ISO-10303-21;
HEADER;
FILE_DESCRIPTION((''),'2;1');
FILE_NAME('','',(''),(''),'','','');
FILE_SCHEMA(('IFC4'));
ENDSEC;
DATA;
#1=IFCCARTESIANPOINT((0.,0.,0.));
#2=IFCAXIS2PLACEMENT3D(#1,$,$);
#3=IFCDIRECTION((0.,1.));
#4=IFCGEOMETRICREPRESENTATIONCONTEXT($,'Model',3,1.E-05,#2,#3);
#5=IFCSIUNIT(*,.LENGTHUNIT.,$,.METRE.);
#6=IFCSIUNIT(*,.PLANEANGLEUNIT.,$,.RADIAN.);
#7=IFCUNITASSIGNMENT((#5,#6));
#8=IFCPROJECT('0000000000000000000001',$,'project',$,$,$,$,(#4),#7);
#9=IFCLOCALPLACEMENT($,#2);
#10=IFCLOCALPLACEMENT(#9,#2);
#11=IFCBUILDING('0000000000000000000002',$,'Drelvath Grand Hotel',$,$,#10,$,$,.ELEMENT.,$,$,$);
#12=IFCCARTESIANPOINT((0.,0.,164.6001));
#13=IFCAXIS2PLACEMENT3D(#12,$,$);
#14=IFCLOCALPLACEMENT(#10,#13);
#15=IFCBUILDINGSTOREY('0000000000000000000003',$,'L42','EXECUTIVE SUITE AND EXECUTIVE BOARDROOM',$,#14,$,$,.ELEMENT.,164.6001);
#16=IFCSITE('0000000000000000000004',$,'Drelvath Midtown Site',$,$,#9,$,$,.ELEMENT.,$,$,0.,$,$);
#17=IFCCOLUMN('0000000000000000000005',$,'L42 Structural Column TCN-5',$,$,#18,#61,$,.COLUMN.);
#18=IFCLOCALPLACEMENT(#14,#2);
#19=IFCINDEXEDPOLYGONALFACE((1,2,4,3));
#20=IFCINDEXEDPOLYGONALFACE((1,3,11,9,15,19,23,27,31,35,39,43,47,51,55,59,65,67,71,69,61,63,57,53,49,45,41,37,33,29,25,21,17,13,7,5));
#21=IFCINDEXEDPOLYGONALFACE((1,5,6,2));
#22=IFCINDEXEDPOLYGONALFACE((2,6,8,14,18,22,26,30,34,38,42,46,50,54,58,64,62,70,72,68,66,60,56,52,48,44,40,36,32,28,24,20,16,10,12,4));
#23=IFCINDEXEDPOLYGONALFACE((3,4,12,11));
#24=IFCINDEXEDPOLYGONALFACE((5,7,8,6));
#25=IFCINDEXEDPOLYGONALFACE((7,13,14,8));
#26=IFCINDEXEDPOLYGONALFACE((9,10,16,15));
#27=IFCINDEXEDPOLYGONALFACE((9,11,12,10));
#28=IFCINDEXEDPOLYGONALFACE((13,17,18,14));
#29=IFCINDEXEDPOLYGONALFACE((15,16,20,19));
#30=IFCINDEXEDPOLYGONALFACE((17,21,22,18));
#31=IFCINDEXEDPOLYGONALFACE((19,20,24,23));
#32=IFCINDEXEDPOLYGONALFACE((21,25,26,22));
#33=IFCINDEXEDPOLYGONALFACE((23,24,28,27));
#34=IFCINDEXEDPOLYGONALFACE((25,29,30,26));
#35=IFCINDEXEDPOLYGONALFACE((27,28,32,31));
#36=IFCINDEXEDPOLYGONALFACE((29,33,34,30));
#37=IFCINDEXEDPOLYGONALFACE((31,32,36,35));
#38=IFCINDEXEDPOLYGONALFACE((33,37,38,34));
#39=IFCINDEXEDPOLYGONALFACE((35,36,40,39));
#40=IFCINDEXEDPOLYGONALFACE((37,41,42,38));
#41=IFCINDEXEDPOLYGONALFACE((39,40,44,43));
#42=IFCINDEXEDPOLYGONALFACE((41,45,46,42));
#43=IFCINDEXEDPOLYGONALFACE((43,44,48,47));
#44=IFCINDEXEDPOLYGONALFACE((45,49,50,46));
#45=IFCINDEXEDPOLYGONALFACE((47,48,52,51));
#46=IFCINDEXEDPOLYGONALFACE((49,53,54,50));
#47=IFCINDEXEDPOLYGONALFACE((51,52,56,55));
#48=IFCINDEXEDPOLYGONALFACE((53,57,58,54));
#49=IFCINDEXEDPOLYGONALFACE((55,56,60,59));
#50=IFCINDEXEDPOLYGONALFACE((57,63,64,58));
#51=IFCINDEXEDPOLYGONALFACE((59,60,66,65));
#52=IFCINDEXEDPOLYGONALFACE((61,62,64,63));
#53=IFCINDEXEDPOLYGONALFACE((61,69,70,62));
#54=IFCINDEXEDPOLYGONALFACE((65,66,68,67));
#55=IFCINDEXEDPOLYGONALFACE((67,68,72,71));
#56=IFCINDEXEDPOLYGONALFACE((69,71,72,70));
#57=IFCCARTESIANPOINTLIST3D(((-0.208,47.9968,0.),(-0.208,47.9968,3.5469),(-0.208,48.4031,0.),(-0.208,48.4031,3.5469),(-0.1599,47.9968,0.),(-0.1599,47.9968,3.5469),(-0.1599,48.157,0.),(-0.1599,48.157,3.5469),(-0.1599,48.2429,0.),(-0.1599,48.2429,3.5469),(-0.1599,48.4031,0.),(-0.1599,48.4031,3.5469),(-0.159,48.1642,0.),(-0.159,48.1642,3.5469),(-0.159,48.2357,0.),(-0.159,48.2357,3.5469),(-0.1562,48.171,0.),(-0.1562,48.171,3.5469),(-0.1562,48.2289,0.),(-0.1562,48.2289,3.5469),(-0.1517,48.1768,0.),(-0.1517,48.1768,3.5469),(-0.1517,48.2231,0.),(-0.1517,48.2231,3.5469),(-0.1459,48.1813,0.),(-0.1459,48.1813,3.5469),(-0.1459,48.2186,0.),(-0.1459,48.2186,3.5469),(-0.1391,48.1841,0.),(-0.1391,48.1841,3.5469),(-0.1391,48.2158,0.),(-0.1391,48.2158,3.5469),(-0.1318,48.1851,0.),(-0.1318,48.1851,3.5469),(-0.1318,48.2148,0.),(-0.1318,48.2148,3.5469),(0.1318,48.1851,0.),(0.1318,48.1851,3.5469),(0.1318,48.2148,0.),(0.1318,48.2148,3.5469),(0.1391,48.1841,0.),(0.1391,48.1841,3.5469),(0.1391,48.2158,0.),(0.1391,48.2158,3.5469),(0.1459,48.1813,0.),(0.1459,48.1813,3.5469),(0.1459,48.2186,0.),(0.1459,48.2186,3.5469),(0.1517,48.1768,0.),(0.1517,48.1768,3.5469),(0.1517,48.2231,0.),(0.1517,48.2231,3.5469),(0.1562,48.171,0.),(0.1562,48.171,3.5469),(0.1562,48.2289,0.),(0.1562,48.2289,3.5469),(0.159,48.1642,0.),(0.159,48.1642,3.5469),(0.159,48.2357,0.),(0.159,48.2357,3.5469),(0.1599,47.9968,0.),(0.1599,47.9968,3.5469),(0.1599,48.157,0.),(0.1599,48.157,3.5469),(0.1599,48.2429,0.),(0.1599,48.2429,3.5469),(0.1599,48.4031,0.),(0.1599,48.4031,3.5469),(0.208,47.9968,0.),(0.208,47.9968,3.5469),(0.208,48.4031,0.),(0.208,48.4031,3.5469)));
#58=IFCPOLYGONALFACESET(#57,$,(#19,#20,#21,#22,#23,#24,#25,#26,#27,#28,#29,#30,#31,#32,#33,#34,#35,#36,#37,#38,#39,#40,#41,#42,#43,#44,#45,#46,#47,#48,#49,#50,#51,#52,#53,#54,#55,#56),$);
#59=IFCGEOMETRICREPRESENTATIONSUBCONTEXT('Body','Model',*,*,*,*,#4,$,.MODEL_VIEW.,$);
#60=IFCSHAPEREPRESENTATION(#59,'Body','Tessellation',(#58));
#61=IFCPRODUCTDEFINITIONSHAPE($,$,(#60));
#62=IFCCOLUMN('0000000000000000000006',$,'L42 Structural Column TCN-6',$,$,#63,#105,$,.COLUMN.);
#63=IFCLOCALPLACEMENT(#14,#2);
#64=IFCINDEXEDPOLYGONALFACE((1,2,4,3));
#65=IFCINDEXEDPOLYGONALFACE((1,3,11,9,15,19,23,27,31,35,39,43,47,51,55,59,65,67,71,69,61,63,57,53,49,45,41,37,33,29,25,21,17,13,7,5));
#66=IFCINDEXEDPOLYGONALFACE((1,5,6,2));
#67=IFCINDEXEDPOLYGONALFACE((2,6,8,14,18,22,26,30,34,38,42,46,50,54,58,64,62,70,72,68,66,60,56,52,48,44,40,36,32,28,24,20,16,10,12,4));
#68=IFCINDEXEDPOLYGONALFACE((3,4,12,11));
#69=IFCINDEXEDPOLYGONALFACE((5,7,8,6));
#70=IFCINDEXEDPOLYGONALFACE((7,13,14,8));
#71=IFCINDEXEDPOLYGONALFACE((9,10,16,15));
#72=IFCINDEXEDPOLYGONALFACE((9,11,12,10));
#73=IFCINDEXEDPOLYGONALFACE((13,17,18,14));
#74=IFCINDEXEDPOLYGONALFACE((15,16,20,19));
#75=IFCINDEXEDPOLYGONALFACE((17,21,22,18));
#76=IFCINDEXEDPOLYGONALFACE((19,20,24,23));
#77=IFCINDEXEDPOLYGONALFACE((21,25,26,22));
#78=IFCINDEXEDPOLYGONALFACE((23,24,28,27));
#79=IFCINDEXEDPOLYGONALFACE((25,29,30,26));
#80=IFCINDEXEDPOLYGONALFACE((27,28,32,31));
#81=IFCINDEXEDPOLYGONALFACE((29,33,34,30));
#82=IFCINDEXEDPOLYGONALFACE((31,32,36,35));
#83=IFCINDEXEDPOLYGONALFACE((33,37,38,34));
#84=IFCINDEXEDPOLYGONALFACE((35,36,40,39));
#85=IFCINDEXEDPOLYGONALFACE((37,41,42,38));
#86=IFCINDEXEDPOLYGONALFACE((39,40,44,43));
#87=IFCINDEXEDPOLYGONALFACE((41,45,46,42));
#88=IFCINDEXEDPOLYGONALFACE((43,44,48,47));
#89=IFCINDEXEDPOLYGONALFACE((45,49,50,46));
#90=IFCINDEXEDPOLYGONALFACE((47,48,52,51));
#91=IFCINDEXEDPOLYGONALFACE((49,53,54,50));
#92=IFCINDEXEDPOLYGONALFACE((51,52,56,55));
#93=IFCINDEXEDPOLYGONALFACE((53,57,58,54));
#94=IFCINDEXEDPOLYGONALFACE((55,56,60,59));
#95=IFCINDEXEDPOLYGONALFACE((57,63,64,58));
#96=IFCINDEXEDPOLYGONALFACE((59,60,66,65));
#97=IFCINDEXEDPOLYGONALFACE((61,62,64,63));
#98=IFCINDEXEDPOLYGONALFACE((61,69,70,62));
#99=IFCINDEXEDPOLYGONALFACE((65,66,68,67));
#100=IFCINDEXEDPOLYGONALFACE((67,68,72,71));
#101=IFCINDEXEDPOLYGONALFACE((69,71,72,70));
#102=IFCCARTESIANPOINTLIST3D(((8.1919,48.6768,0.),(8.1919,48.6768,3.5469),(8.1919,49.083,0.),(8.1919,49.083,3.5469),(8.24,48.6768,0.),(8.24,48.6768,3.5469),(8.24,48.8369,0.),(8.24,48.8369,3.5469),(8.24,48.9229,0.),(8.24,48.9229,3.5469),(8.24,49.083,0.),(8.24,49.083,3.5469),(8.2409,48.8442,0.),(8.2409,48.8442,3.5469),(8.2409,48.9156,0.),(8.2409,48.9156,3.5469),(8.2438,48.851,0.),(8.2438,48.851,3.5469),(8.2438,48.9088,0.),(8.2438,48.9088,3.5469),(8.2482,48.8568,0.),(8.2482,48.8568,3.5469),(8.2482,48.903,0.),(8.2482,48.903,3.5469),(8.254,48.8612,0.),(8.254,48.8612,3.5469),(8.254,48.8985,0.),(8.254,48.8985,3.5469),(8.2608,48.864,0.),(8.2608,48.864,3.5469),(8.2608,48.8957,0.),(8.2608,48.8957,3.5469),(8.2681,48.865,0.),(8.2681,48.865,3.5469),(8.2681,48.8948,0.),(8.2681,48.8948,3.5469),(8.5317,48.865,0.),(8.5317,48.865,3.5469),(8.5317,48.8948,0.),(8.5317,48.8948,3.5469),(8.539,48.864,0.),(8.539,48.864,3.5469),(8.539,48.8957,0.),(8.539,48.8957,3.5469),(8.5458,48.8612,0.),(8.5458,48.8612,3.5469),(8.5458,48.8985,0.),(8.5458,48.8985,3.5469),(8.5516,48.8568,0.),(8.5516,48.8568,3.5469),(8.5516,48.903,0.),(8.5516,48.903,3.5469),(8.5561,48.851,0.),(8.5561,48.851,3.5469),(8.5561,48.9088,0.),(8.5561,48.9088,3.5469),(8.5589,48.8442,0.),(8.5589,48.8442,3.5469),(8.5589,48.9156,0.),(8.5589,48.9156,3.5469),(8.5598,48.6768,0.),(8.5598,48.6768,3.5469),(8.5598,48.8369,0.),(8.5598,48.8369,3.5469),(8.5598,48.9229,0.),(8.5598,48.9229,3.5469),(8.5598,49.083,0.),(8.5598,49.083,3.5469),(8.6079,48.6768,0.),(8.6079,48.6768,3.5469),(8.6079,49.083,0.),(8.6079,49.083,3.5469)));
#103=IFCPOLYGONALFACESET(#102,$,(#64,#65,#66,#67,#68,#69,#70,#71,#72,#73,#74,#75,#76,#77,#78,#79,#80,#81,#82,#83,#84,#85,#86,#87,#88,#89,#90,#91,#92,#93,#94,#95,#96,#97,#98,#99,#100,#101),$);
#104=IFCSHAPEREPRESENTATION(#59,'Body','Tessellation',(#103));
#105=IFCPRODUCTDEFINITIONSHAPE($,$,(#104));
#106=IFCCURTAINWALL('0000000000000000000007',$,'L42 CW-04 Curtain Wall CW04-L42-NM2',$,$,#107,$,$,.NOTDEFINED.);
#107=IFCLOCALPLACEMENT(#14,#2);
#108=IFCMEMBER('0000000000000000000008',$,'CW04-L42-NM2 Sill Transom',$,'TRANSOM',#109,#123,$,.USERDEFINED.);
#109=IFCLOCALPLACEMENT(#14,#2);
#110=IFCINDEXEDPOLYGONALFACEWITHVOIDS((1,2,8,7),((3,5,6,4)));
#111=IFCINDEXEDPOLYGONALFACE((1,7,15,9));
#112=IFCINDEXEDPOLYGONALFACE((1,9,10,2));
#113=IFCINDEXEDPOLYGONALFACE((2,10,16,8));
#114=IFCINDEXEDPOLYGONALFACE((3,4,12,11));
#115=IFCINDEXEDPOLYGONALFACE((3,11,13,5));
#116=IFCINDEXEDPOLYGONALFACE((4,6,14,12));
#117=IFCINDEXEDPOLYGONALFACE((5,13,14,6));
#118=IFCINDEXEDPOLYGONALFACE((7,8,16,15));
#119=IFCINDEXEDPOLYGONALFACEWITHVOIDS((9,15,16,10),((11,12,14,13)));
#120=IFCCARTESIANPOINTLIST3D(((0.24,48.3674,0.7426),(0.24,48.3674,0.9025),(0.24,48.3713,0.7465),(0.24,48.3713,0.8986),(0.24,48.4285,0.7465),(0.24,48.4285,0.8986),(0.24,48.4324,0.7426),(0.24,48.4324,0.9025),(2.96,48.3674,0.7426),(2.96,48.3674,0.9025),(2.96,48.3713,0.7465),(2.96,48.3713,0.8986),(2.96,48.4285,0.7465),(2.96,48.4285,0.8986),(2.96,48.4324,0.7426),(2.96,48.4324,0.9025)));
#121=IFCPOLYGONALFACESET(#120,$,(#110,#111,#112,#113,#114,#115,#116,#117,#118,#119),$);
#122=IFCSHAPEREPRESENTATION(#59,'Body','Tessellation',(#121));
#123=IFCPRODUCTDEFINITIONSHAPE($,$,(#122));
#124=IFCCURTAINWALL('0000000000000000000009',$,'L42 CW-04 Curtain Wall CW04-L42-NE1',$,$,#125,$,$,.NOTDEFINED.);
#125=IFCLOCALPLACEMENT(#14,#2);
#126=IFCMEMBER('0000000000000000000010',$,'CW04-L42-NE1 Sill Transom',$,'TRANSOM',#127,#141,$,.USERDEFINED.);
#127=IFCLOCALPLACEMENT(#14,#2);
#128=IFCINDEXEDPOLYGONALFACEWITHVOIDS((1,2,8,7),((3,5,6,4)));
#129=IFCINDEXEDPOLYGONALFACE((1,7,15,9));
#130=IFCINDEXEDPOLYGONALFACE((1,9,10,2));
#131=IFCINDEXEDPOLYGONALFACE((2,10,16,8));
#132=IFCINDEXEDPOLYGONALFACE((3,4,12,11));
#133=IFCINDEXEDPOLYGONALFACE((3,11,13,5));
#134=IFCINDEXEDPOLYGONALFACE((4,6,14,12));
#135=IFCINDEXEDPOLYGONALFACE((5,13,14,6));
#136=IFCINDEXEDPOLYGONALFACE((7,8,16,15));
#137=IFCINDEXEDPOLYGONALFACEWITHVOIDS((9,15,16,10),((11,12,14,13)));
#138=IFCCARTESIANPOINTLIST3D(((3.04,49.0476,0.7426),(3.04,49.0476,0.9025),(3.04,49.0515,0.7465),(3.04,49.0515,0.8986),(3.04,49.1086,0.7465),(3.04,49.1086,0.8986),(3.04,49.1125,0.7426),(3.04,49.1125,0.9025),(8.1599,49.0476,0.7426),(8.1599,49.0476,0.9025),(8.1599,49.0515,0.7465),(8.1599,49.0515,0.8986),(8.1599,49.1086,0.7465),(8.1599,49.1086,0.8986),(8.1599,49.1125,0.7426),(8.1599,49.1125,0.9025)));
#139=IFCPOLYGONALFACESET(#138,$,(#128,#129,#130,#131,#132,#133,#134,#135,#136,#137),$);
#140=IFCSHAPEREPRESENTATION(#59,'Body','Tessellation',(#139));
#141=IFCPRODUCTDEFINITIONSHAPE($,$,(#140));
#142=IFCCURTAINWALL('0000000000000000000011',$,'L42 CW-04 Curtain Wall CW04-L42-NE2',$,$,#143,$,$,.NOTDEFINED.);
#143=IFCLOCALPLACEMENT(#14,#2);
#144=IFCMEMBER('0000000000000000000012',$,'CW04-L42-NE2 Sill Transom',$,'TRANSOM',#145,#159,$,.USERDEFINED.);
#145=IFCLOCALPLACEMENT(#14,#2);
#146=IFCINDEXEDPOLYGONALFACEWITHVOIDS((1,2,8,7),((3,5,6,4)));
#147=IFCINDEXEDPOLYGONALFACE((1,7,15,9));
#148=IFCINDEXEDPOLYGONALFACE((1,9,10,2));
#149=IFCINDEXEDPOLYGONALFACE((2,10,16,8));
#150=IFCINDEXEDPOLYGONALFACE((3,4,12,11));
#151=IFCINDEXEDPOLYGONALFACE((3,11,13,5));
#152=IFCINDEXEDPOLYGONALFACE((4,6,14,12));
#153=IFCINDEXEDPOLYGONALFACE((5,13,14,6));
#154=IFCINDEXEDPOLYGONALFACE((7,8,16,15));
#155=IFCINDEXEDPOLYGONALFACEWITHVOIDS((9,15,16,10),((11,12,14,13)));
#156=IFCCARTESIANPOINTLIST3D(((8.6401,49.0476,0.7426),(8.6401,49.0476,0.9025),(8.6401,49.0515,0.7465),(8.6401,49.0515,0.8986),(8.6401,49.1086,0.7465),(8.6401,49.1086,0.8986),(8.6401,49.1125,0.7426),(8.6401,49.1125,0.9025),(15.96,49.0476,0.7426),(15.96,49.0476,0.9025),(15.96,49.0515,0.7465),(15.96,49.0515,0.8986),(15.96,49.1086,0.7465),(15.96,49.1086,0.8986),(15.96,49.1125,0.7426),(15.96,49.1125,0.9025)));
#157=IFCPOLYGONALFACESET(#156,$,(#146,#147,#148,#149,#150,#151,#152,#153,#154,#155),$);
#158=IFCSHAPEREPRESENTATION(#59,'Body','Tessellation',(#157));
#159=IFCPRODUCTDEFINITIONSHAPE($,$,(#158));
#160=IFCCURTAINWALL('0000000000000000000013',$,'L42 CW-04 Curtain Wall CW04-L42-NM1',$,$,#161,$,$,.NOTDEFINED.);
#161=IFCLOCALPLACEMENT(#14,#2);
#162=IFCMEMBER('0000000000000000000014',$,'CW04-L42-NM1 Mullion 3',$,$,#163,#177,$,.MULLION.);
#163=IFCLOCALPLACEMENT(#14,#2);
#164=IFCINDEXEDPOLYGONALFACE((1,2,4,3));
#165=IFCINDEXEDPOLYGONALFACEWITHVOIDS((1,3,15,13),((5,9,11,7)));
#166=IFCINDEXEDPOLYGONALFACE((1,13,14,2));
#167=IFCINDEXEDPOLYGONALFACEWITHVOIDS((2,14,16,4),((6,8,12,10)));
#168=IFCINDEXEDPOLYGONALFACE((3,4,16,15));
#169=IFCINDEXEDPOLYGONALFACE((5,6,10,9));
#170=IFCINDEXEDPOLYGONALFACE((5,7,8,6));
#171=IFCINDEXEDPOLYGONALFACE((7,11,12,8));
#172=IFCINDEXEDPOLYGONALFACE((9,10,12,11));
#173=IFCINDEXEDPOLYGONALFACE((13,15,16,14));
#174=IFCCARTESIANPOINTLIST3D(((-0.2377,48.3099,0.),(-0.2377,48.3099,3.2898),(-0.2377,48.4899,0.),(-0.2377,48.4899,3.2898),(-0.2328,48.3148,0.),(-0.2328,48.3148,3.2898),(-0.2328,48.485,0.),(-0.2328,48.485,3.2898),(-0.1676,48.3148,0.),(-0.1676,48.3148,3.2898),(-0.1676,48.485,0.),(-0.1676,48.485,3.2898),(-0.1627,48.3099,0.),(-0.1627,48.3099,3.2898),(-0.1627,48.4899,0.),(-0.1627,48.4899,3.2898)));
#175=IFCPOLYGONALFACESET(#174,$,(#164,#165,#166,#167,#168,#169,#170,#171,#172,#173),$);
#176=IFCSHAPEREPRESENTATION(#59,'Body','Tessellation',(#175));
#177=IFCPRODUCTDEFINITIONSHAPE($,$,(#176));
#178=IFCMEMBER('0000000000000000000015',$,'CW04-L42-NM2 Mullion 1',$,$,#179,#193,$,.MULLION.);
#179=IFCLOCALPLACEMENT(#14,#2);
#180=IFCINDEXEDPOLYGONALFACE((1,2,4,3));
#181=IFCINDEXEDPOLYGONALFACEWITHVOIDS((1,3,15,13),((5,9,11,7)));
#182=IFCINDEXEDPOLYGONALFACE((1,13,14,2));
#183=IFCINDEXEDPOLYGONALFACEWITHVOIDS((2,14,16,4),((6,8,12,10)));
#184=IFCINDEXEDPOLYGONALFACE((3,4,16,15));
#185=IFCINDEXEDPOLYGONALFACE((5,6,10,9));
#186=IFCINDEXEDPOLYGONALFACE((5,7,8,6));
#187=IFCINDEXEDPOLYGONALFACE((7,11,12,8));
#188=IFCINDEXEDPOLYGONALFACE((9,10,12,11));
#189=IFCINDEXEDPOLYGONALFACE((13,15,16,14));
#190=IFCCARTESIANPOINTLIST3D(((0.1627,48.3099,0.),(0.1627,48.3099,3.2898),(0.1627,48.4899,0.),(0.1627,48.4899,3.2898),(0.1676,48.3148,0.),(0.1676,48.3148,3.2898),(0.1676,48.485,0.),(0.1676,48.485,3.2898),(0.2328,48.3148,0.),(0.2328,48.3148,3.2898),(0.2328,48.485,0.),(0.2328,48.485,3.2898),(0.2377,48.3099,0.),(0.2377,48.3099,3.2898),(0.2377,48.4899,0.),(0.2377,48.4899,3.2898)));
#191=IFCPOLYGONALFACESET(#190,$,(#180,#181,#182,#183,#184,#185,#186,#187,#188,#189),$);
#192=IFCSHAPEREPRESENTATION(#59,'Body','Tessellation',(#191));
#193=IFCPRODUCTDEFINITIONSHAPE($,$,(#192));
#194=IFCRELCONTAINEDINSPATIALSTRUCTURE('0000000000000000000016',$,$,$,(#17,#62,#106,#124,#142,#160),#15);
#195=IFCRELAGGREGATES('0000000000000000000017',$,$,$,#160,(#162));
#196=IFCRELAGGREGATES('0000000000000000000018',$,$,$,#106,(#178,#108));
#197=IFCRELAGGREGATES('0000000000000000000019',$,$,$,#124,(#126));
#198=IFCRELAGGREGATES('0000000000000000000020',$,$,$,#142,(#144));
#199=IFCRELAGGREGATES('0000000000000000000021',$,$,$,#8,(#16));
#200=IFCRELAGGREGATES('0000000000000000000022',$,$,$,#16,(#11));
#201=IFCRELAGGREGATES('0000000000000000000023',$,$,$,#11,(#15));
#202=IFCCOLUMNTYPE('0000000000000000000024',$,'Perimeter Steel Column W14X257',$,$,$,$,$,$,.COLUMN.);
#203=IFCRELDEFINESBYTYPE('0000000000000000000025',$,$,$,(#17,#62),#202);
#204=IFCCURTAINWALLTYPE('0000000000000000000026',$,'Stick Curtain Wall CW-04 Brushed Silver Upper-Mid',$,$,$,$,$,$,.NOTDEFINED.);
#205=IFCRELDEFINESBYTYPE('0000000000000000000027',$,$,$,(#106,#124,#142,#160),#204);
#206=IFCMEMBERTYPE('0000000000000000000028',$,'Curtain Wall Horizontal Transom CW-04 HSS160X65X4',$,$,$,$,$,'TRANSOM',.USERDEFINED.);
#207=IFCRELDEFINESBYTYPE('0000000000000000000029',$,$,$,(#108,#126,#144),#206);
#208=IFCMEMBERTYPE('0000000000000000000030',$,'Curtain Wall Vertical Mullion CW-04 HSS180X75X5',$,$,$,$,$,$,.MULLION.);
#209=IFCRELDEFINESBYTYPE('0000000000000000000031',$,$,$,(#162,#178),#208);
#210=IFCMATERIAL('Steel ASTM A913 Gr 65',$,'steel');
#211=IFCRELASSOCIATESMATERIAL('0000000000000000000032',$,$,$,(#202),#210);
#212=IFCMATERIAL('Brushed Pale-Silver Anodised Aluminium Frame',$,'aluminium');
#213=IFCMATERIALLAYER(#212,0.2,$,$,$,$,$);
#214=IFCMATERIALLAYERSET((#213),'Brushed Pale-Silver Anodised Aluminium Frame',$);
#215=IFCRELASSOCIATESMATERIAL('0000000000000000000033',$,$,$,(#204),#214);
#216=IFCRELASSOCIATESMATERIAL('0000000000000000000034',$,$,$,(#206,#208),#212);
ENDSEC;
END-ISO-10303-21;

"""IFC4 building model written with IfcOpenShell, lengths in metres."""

from ifc_helpers import new_model, si_unit, direction, frame, origin, origin_2d, place, context, subcontext, project, spatial, hollow_rectangle, i_section, extrude, material, layer, layer_set, material_profile, profile_set, type_object, element, aggregate, save


model = new_model("IFC4")

# Units and contexts
model_context = context("Model", 3, precision=1e-05, world=origin(), true_north=direction((0.0, 1.0)))
body_context = subcontext(model_context, "Body", "Model", "MODEL_VIEW")
ifc_project = project(units=[si_unit("LENGTHUNIT", "METRE"), si_unit("PLANEANGLEUNIT", "RADIAN")], contexts=[model_context])

# Site, building, storey
site_placement = place(None, origin())
site = spatial("IfcSite", under=ifc_project, at=site_placement, Name="Drelvath Midtown Site", CompositionType="ELEMENT", RefElevation=0.0)
building_placement = place(site_placement, origin())
building = spatial("IfcBuilding", under=site, at=building_placement, Name="Drelvath Grand Hotel", CompositionType="ELEMENT")
storey_placement = place(building_placement, frame((0.0, 0.0, 164.6001)))
storey = spatial("IfcBuildingStorey", under=building, at=storey_placement, Name="L42", Description="EXECUTIVE SUITE AND EXECUTIVE BOARDROOM", CompositionType="ELEMENT", Elevation=164.6001)

# Columns
ifc_material_1 = material(Name="Steel ASTM A913 Gr 65", Category="steel")
ifc_material_profile_1 = material_profile(ifc_material_1, i_section(OverallWidth=0.4062, OverallDepth=0.416, WebThickness=0.0298, FlangeThickness=0.0481, FilletRadius=0.0281, at=origin_2d()), Name="W14X257")
ifc_profile_set_1 = profile_set([ifc_material_profile_1], Name="Steel ASTM A913 Gr 65")
column_type = type_object("IfcColumnType", Name="Perimeter Steel Column W14X257", PredefinedType="COLUMN", material=ifc_profile_set_1)
for number, where, z_axis, x_axis, name in (
    (1, (0.0, 48.2, 0.0), (0.0, 0.0, 1.0), (0.0, 1.0, 0.0), "L42 Structural Column TCN-5"),
    (2, (8.3999, 48.8799, 0.0), (0.0, 0.0, 1.0), (0.0, 1.0, 0.0), "L42 Structural Column TCN-6"),
):
    element("IfcColumn", number, at=place(storey_placement, frame(where, z_axis=z_axis, x_axis=x_axis)), inside=storey, type_object=column_type, Name=name, PredefinedType="COLUMN", context=body_context, shape_type="SweptSolid", body=[
        extrude(i_section(OverallWidth=0.4062, OverallDepth=0.416, WebThickness=0.0298, FlangeThickness=0.0481, FilletRadius=0.0281, at=origin_2d()), origin(), (0.0, 0.0, 1.0), 3.5469),
    ])

# Curtain walls, members
ifc_material_2 = material(Name="Brushed Pale-Silver Anodised Aluminium Frame", Category="aluminium")
ifc_layer_1 = layer(ifc_material_2, 0.2)
ifc_layer_set_1 = layer_set([ifc_layer_1], Name="Brushed Pale-Silver Anodised Aluminium Frame")
curtain_wall_type = type_object("IfcCurtainWallType", Name="Stick Curtain Wall CW-04 Brushed Silver Upper-Mid", PredefinedType="NOTDEFINED", material=ifc_layer_set_1)
curtain_wall_1_placement = place(storey_placement, origin())
curtain_wall_1 = element("IfcCurtainWall", 3, at=curtain_wall_1_placement, inside=storey, type_object=curtain_wall_type, Name="L42 CW-04 Curtain Wall CW04-L42-NM2", PredefinedType="NOTDEFINED")
ifc_material_profile_2 = material_profile(ifc_material_2, hollow_rectangle(XDim=0.0649, YDim=0.1599, WallThickness=0.0039, at=origin_2d()), Name="HSS160X65X4")
ifc_profile_set_2 = profile_set([ifc_material_profile_2], Name="Brushed Pale-Silver Anodised Aluminium Frame")
member_type_1 = type_object("IfcMemberType", Name="Curtain Wall Horizontal Transom CW-04 HSS160X65X4", ElementType="TRANSOM", PredefinedType="USERDEFINED", material=ifc_profile_set_2)
member_1_placement = place(storey_placement, frame((0.24, 48.3999, 0.8225), z_axis=(1.0, 0.0, 0.0), x_axis=(0.0, 1.0, 0.0)))
member_1 = element("IfcMember", 4, at=member_1_placement, type_object=member_type_1, Name="CW04-L42-NM2 Sill Transom", ObjectType="TRANSOM", PredefinedType="USERDEFINED", context=body_context, shape_type="SweptSolid", body=[
    extrude(hollow_rectangle(XDim=0.0649, YDim=0.1599, WallThickness=0.0039, at=origin_2d()), origin(), (0.0, 0.0, 1.0), 2.72),
])
curtain_wall_2_placement = place(storey_placement, origin())
curtain_wall_2 = element("IfcCurtainWall", 5, at=curtain_wall_2_placement, inside=storey, type_object=curtain_wall_type, Name="L42 CW-04 Curtain Wall CW04-L42-NE1", PredefinedType="NOTDEFINED")
member_2_placement = place(storey_placement, frame((3.04, 49.0801, 0.8225), z_axis=(1.0, 0.0, 0.0), x_axis=(0.0, 1.0, 0.0)))
member_2 = element("IfcMember", 6, at=member_2_placement, type_object=member_type_1, Name="CW04-L42-NE1 Sill Transom", ObjectType="TRANSOM", PredefinedType="USERDEFINED", context=body_context, shape_type="SweptSolid", body=[
    extrude(hollow_rectangle(XDim=0.0649, YDim=0.1599, WallThickness=0.0039, at=origin_2d()), origin(), (0.0, 0.0, 1.0), 5.1199),
])
curtain_wall_3_placement = place(storey_placement, origin())
curtain_wall_3 = element("IfcCurtainWall", 7, at=curtain_wall_3_placement, inside=storey, type_object=curtain_wall_type, Name="L42 CW-04 Curtain Wall CW04-L42-NE2", PredefinedType="NOTDEFINED")
member_3_placement = place(storey_placement, frame((8.6401, 49.0801, 0.8225), z_axis=(1.0, 0.0, 0.0), x_axis=(0.0, 1.0, 0.0)))
member_3 = element("IfcMember", 8, at=member_3_placement, type_object=member_type_1, Name="CW04-L42-NE2 Sill Transom", ObjectType="TRANSOM", PredefinedType="USERDEFINED", context=body_context, shape_type="SweptSolid", body=[
    extrude(hollow_rectangle(XDim=0.0649, YDim=0.1599, WallThickness=0.0039, at=origin_2d()), origin(), (0.0, 0.0, 1.0), 7.3198),
])
curtain_wall_4_placement = place(storey_placement, origin())
curtain_wall_4 = element("IfcCurtainWall", 9, at=curtain_wall_4_placement, inside=storey, type_object=curtain_wall_type, Name="L42 CW-04 Curtain Wall CW04-L42-NM1", PredefinedType="NOTDEFINED")
ifc_material_profile_3 = material_profile(ifc_material_2, hollow_rectangle(XDim=0.075, YDim=0.1799, WallThickness=0.0049, at=origin_2d()), Name="HSS180X75X5")
ifc_profile_set_3 = profile_set([ifc_material_profile_3], Name="Brushed Pale-Silver Anodised Aluminium Frame")
member_type_2 = type_object("IfcMemberType", Name="Curtain Wall Vertical Mullion CW-04 HSS180X75X5", PredefinedType="MULLION", material=ifc_profile_set_3)
member_4_placement = place(storey_placement, frame((-0.2002, 48.3999, 0.0), z_axis=(0.0, 0.0, 1.0), x_axis=(1.0, 0.0, 0.0)))
member_4 = element("IfcMember", 10, at=member_4_placement, type_object=member_type_2, Name="CW04-L42-NM1 Mullion 3", PredefinedType="MULLION", context=body_context, shape_type="SweptSolid", body=[
    extrude(hollow_rectangle(XDim=0.075, YDim=0.1799, WallThickness=0.0049, at=origin_2d()), origin(), (0.0, 0.0, 1.0), 3.2898),
])
aggregate(curtain_wall_4, [member_4])

# Member
member_5_placement = place(storey_placement, frame((0.2002, 48.3999, 0.0), z_axis=(0.0, 0.0, 1.0), x_axis=(1.0, 0.0, 0.0)))
member_5 = element("IfcMember", 11, at=member_5_placement, type_object=member_type_2, Name="CW04-L42-NM2 Mullion 1", PredefinedType="MULLION", context=body_context, shape_type="SweptSolid", body=[
    extrude(hollow_rectangle(XDim=0.075, YDim=0.1799, WallThickness=0.0049, at=origin_2d()), origin(), (0.0, 0.0, 1.0), 3.2898),
])

aggregate(curtain_wall_1, [member_5, member_1])
aggregate(curtain_wall_2, [member_2])
aggregate(curtain_wall_3, [member_3])

save(model, "model.ifc")
